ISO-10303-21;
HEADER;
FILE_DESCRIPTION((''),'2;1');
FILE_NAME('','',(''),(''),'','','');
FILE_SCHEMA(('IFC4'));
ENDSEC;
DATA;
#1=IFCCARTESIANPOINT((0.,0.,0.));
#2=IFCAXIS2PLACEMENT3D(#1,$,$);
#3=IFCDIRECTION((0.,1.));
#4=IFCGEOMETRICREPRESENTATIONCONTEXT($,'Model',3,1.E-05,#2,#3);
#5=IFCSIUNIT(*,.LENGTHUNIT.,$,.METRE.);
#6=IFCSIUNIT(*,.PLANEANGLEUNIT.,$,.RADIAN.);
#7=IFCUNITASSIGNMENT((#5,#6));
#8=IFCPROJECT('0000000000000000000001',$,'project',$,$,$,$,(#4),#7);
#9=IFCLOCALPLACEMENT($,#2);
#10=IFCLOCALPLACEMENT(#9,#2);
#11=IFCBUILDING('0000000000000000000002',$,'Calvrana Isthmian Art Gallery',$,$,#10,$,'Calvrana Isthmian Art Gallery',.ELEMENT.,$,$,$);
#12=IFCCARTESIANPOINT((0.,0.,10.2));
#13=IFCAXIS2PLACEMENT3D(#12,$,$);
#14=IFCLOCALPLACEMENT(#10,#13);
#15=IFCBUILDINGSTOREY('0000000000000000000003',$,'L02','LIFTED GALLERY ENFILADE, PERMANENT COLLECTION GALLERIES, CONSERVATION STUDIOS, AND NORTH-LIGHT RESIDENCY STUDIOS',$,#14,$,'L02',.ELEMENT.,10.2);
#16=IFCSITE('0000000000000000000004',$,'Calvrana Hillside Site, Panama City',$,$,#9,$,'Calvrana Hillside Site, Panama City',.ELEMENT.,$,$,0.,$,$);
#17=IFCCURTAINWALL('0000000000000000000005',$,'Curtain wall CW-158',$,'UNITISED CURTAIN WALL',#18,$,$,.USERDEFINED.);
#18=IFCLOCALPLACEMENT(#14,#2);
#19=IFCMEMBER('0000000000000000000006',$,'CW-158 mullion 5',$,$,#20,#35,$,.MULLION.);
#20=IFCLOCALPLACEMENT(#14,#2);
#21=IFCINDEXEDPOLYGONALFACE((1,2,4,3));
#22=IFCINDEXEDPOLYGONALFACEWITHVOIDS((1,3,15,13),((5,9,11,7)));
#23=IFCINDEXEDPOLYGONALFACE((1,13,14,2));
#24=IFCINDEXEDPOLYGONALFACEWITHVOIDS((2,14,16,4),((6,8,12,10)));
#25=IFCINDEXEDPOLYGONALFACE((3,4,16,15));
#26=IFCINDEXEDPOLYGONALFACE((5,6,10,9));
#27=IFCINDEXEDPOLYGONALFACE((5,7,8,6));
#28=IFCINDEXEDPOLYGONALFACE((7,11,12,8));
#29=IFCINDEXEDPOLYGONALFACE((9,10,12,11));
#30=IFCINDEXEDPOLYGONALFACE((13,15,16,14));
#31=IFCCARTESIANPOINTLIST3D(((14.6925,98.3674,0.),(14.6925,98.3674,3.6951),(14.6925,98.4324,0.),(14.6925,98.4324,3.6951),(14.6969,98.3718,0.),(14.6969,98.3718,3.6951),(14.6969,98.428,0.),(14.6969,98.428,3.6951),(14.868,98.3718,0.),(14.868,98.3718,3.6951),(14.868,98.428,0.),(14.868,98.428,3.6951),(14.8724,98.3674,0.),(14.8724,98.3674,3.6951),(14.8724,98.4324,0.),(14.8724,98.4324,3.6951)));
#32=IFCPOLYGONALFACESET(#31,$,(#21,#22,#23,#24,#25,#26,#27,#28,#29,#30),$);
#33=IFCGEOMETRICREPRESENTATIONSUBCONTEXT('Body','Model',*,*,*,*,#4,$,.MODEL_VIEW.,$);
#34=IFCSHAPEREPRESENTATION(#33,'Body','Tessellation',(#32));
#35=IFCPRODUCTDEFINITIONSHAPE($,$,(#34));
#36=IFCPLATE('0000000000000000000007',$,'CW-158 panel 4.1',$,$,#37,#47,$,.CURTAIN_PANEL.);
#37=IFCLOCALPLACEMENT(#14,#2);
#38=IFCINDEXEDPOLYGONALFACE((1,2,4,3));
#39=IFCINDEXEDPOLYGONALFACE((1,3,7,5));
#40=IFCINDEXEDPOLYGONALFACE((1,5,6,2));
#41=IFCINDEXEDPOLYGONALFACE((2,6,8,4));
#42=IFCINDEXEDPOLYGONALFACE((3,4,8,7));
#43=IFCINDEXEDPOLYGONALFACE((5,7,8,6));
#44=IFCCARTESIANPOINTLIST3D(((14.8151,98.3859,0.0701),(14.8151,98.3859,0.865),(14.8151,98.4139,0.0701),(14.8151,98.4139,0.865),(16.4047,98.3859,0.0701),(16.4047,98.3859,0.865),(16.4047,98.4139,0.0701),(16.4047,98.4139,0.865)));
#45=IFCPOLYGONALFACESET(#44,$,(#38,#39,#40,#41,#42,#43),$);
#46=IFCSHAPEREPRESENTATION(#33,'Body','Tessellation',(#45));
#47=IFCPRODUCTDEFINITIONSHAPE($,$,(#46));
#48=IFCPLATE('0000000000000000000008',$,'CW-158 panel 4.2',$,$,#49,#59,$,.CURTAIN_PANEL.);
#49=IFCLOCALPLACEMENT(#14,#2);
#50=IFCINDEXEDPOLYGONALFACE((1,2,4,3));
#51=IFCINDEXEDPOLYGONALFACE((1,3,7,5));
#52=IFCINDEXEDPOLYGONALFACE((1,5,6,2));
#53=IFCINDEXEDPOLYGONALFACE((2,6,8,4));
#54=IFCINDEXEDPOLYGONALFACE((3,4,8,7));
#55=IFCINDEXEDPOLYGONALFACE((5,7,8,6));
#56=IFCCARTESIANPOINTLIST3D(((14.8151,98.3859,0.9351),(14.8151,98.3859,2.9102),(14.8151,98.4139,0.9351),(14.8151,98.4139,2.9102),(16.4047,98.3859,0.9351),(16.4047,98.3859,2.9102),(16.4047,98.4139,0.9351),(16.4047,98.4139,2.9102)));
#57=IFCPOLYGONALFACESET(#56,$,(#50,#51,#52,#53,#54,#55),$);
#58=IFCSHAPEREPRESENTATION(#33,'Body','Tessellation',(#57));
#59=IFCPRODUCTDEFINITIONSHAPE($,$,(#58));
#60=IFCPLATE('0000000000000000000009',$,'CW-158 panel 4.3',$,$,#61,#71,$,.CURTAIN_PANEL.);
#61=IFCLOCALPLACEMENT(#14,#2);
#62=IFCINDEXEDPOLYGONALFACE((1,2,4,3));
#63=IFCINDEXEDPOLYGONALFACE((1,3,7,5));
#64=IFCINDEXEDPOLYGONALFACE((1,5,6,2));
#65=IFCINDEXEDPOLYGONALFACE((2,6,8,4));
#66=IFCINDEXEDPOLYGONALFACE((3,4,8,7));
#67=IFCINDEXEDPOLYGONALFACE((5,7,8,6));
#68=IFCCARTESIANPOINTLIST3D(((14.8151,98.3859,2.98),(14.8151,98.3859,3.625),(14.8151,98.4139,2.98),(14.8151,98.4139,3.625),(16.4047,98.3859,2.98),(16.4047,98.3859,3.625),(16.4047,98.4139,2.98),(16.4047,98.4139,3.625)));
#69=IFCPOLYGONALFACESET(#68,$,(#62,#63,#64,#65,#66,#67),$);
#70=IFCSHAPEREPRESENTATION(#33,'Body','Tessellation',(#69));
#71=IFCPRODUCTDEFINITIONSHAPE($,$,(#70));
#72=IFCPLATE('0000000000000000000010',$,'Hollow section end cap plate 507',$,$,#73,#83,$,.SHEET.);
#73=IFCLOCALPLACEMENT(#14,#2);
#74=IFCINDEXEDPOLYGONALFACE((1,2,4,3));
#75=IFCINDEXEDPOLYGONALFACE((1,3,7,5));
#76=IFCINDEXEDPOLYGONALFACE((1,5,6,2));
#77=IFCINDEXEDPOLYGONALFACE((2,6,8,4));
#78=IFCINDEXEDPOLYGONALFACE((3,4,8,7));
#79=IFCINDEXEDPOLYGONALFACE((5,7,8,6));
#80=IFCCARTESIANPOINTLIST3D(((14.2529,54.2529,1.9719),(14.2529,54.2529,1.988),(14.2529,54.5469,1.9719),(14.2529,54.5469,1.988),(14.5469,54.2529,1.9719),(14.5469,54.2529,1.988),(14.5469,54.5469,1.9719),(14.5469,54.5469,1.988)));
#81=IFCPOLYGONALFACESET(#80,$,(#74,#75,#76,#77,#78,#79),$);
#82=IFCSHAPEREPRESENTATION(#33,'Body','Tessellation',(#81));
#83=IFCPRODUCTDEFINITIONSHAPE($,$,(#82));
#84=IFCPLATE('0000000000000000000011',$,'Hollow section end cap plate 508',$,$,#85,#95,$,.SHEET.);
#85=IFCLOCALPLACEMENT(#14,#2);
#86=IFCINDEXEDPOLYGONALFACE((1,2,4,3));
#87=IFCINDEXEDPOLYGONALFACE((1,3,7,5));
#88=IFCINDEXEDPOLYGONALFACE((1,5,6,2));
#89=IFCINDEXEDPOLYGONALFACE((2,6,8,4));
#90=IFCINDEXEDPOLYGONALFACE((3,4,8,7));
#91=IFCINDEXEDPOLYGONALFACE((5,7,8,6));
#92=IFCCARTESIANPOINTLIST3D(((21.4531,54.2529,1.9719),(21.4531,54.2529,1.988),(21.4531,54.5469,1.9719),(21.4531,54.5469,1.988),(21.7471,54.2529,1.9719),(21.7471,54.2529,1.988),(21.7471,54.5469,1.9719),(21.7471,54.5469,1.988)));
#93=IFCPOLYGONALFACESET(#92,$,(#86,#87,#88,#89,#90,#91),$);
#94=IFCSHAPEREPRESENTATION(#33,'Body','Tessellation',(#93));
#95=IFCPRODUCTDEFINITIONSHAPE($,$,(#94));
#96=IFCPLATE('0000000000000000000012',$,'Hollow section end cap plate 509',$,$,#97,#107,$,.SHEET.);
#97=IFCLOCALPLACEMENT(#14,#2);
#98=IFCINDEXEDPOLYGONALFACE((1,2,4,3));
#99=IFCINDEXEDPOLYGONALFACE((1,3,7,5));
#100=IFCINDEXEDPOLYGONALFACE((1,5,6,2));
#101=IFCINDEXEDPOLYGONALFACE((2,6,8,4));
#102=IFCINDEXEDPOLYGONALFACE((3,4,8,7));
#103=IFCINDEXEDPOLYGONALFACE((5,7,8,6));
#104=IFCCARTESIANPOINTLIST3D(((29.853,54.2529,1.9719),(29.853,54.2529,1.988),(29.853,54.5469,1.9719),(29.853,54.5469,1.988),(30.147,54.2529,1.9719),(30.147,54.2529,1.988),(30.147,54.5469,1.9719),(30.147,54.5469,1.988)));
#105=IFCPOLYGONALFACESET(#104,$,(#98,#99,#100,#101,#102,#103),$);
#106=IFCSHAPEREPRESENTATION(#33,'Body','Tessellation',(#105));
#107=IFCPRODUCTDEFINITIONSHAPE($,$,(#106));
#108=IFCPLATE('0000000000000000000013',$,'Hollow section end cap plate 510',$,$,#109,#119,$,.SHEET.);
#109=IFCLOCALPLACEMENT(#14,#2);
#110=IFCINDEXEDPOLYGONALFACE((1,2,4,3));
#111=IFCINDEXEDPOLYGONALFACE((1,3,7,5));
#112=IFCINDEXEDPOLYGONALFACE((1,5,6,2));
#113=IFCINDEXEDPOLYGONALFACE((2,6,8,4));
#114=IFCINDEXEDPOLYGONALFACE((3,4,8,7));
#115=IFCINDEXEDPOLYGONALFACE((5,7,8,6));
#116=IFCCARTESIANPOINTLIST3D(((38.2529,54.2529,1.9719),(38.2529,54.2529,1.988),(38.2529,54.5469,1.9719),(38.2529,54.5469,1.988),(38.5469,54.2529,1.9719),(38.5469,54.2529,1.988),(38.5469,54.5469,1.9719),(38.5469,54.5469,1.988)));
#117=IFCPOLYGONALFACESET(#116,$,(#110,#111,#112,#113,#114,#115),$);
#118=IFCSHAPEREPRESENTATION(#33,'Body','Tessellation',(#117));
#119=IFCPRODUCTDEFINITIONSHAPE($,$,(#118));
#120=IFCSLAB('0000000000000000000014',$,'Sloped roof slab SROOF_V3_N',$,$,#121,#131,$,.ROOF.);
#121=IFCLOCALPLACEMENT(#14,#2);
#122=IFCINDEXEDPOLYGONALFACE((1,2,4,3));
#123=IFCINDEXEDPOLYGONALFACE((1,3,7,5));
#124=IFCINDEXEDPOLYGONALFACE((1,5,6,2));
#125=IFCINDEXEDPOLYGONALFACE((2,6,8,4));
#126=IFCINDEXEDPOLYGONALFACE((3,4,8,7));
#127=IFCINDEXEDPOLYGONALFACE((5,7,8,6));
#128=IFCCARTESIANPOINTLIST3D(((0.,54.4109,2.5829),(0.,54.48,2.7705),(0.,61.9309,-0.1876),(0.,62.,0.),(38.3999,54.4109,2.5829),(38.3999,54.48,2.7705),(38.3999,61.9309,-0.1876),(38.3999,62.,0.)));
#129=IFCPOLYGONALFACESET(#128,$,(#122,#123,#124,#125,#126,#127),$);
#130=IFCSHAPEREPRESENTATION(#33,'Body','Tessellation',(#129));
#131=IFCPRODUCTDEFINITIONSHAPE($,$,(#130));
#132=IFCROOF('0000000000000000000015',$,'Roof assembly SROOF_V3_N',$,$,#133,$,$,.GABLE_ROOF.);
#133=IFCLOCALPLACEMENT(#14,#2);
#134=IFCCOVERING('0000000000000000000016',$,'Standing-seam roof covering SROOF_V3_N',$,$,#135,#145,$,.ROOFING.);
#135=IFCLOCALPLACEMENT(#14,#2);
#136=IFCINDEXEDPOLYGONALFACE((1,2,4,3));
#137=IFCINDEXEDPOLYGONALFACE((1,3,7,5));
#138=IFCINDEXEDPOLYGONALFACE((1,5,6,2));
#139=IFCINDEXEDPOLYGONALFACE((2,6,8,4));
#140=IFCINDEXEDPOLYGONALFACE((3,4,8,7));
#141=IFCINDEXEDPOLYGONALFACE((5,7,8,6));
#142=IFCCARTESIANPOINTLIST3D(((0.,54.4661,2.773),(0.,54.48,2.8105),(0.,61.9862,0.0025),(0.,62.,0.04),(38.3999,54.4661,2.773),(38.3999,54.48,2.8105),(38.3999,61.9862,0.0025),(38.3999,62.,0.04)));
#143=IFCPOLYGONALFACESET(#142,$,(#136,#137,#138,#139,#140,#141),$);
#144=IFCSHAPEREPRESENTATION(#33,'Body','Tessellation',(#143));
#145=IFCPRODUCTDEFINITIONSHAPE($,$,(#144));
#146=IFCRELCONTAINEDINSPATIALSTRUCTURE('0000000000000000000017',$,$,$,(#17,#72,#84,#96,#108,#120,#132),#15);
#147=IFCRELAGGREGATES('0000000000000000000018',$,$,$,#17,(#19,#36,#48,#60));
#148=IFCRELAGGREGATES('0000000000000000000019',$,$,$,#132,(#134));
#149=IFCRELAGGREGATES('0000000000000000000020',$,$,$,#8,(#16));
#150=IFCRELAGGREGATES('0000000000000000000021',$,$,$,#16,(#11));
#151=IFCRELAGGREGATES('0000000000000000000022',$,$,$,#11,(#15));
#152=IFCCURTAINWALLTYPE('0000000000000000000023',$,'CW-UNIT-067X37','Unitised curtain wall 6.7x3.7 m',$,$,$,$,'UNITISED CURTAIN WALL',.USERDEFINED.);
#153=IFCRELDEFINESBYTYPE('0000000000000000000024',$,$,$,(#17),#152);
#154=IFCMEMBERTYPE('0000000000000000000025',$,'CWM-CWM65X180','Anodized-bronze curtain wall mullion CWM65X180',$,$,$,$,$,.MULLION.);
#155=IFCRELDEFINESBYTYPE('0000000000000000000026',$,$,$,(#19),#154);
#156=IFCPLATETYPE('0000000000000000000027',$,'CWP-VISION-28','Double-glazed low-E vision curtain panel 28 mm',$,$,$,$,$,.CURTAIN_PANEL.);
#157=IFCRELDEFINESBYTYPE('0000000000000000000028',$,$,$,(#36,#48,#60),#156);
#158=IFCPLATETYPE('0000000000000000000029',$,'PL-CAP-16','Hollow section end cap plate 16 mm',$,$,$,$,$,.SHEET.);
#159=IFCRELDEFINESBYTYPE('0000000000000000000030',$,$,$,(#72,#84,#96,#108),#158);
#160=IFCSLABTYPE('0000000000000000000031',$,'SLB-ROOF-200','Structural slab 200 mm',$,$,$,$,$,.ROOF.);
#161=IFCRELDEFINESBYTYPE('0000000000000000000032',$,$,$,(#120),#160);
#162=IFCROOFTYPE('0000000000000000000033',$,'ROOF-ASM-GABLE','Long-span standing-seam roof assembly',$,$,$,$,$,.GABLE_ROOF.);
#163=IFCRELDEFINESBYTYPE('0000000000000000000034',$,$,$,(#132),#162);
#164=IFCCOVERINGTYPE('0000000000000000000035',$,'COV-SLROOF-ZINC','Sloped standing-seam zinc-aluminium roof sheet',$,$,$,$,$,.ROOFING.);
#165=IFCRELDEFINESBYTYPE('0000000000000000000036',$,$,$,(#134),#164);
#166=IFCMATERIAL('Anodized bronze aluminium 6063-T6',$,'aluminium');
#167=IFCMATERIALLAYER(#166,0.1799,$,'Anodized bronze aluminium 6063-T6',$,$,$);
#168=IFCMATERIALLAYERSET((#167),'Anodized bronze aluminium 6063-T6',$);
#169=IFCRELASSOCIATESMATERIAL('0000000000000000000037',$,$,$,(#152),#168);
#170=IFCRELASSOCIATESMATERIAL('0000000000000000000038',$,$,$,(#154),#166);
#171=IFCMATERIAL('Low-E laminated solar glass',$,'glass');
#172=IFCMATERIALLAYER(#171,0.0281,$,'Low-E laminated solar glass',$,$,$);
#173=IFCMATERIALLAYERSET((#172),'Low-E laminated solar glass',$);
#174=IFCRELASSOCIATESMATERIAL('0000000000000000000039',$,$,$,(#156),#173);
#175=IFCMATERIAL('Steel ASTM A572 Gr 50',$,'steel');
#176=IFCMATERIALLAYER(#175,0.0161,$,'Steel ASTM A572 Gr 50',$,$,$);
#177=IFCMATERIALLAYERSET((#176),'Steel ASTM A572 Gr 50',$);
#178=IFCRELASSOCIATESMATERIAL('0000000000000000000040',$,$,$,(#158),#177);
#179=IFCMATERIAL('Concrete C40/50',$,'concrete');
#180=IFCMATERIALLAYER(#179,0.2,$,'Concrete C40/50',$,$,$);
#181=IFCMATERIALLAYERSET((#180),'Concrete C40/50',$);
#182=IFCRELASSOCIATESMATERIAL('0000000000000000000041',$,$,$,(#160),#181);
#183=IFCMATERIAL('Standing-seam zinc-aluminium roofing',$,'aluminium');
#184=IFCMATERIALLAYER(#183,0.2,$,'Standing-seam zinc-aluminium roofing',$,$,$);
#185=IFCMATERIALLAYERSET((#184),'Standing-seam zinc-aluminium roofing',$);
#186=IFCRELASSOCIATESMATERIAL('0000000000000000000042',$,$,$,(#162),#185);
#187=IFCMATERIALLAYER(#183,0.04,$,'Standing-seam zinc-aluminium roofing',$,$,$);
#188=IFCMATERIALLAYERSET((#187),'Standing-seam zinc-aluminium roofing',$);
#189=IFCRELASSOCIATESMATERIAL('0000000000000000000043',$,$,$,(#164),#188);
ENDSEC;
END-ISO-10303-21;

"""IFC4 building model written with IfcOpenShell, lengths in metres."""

from ifc_helpers import new_model, si_unit, direction, frame, origin, origin_2d, place, context, subcontext, project, spatial, polyline, rectangle, hollow_rectangle, outline, extrude, material, layer, layer_set, material_profile, profile_set, type_object, element, aggregate, save


model = new_model("IFC4")

# Units and contexts
model_context = context("Model", 3, precision=1e-05, world=origin(), true_north=direction((0.0, 1.0)))
body_context = subcontext(model_context, "Body", "Model", "MODEL_VIEW")
ifc_project = project(units=[si_unit("LENGTHUNIT", "METRE"), si_unit("PLANEANGLEUNIT", "RADIAN")], contexts=[model_context])

# Site, building, storey
site_placement = place(None, origin())
site = spatial("IfcSite", under=ifc_project, at=site_placement, Name="Calvrana Hillside Site, Panama City", LongName="Calvrana Hillside Site, Panama City", CompositionType="ELEMENT", RefElevation=0.0)
building_placement = place(site_placement, origin())
building = spatial("IfcBuilding", under=site, at=building_placement, Name="Calvrana Isthmian Art Gallery", LongName="Calvrana Isthmian Art Gallery", CompositionType="ELEMENT")
storey_placement = place(building_placement, frame((0.0, 0.0, 10.2)))
storey = spatial("IfcBuildingStorey", under=building, at=storey_placement, Name="L02", Description="LIFTED GALLERY ENFILADE, PERMANENT COLLECTION GALLERIES, CONSERVATION STUDIOS, AND NORTH-LIGHT RESIDENCY STUDIOS", LongName="L02", CompositionType="ELEMENT", Elevation=10.2)

# Shared definitions
ifc_material_1 = material(Name="Concrete C40/50", Category="concrete")

# Curtain wall, member, plates
ifc_material_2 = material(Name="Anodized bronze aluminium 6063-T6", Category="aluminium")
ifc_layer_1 = layer(ifc_material_2, 0.1799, Name="Anodized bronze aluminium 6063-T6")
ifc_layer_set_1 = layer_set([ifc_layer_1], Name="Anodized bronze aluminium 6063-T6")
curtain_wall_type = type_object("IfcCurtainWallType", Name="CW-UNIT-067X37", Description="Unitised curtain wall 6.7x3.7 m", ElementType="UNITISED CURTAIN WALL", PredefinedType="USERDEFINED", material=ifc_layer_set_1)
curtain_wall_placement = place(storey_placement, origin())
curtain_wall = element("IfcCurtainWall", 1, at=curtain_wall_placement, inside=storey, type_object=curtain_wall_type, Name="Curtain wall CW-158", ObjectType="UNITISED CURTAIN WALL", PredefinedType="USERDEFINED")
ifc_material_profile_1 = material_profile(ifc_material_2, hollow_rectangle(XDim=0.0649, YDim=0.1799, WallThickness=0.0044, at=origin_2d()), Name="CWM65X180")
ifc_profile_set_1 = profile_set([ifc_material_profile_1], Name="Anodized bronze aluminium 6063-T6")
member_type = type_object("IfcMemberType", Name="CWM-CWM65X180", Description="Anodized-bronze curtain wall mullion CWM65X180", PredefinedType="MULLION", material=ifc_profile_set_1)
member_placement = place(storey_placement, frame((14.7825, 98.3999, 0.0), z_axis=(0.0, 0.0, 1.0), x_axis=(0.0, -1.0, 0.0)))
member = element("IfcMember", 2, at=member_placement, type_object=member_type, Name="CW-158 mullion 5", PredefinedType="MULLION", context=body_context, shape_type="SweptSolid", body=[
    extrude(hollow_rectangle(XDim=0.0649, YDim=0.1799, WallThickness=0.0044, at=origin_2d()), origin(), (0.0, 0.0, 1.0), 3.6951),
])
ifc_material_3 = material(Name="Low-E laminated solar glass", Category="glass")
ifc_layer_2 = layer(ifc_material_3, 0.0281, Name="Low-E laminated solar glass")
ifc_layer_set_2 = layer_set([ifc_layer_2], Name="Low-E laminated solar glass")
plate_type_1 = type_object("IfcPlateType", Name="CWP-VISION-28", Description="Double-glazed low-E vision curtain panel 28 mm", PredefinedType="CURTAIN_PANEL", material=ifc_layer_set_2)
plate_1_placement = place(storey_placement, frame((15.6099, 98.3999, 0.0701), z_axis=(0.0, 0.0, 1.0), x_axis=(-1.0, 0.0, 0.0)))
plate_1 = element("IfcPlate", 3, at=plate_1_placement, type_object=plate_type_1, Name="CW-158 panel 4.1", PredefinedType="CURTAIN_PANEL", context=body_context, shape_type="SweptSolid", body=[
    extrude(rectangle(XDim=1.5896, YDim=0.0281, at=origin_2d()), origin(), (0.0, 0.0, 1.0), 0.7949),
])
plate_2_placement = place(storey_placement, frame((15.6099, 98.3999, 0.9351), z_axis=(0.0, 0.0, 1.0), x_axis=(-1.0, 0.0, 0.0)))
plate_2 = element("IfcPlate", 4, at=plate_2_placement, type_object=plate_type_1, Name="CW-158 panel 4.2", PredefinedType="CURTAIN_PANEL", context=body_context, shape_type="SweptSolid", body=[
    extrude(rectangle(XDim=1.5896, YDim=0.0281, at=origin_2d()), origin(), (0.0, 0.0, 1.0), 1.9751),
])
plate_3_placement = place(storey_placement, frame((15.6099, 98.3999, 2.98), z_axis=(0.0, 0.0, 1.0), x_axis=(-1.0, 0.0, 0.0)))
plate_3 = element("IfcPlate", 5, at=plate_3_placement, type_object=plate_type_1, Name="CW-158 panel 4.3", PredefinedType="CURTAIN_PANEL", context=body_context, shape_type="SweptSolid", body=[
    extrude(rectangle(XDim=1.5896, YDim=0.0281, at=origin_2d()), origin(), (0.0, 0.0, 1.0), 0.645),
])
aggregate(curtain_wall, [member, plate_1, plate_2, plate_3])

# Plates
ifc_material_4 = material(Name="Steel ASTM A572 Gr 50", Category="steel")
ifc_layer_3 = layer(ifc_material_4, 0.0161, Name="Steel ASTM A572 Gr 50")
ifc_layer_set_3 = layer_set([ifc_layer_3], Name="Steel ASTM A572 Gr 50")
plate_type_2 = type_object("IfcPlateType", Name="PL-CAP-16", Description="Hollow section end cap plate 16 mm", PredefinedType="SHEET", material=ifc_layer_set_3)
for number, where, z_axis, x_axis, name in (
    (6, (14.3999, 54.3999, 1.9719), (0.0, 0.0, 1.0), (1.0, 0.0, 0.0), "Hollow section end cap plate 507"),
    (7, (21.6001, 54.3999, 1.9719), (0.0, 0.0, 1.0), (1.0, 0.0, 0.0), "Hollow section end cap plate 508"),
    (8, (30.0, 54.3999, 1.9719), (0.0, 0.0, 1.0), (1.0, 0.0, 0.0), "Hollow section end cap plate 509"),
    (9, (38.3999, 54.3999, 1.9719), (0.0, 0.0, 1.0), (1.0, 0.0, 0.0), "Hollow section end cap plate 510"),
):
    element("IfcPlate", number, at=place(storey_placement, frame(where, z_axis=z_axis, x_axis=x_axis)), inside=storey, type_object=plate_type_2, Name=name, PredefinedType="SHEET", context=body_context, shape_type="SweptSolid", body=[
        extrude(rectangle(XDim=0.2939, YDim=0.2939, at=origin_2d()), origin(), (0.0, 0.0, 1.0), 0.0161),
    ])

# Slab
ifc_layer_4 = layer(ifc_material_1, 0.2, Name="Concrete C40/50")
ifc_layer_set_4 = layer_set([ifc_layer_4], Name="Concrete C40/50")
slab_type = type_object("IfcSlabType", Name="SLB-ROOF-200", Description="Structural slab 200 mm", PredefinedType="ROOF", material=ifc_layer_set_4)
slab_placement = place(storey_placement, frame((0.0, 54.48, 2.7705), z_axis=(0.0, 0.345703, 0.938344), x_axis=(1.0, 0.0, 0.0)))
element("IfcSlab", 10, at=slab_placement, inside=storey, type_object=slab_type, Name="Sloped roof slab SROOF_V3_N", PredefinedType="ROOF", context=body_context, shape_type="SweptSolid", body=[
    extrude(outline(polyline([(0.0, 0.0), (38.3999, 0.0), (38.3999, 8.0141), (0.0, 8.0141), (0.0, 0.0)])), origin(), (0.0, 0.0, -1.0), 0.2),
])

# Roof, covering
ifc_material_5 = material(Name="Standing-seam zinc-aluminium roofing", Category="aluminium")
ifc_layer_5 = layer(ifc_material_5, 0.2, Name="Standing-seam zinc-aluminium roofing")
ifc_layer_set_5 = layer_set([ifc_layer_5], Name="Standing-seam zinc-aluminium roofing")
roof_type = type_object("IfcRoofType", Name="ROOF-ASM-GABLE", Description="Long-span standing-seam roof assembly", PredefinedType="GABLE_ROOF", material=ifc_layer_set_5)
roof_placement = place(storey_placement, origin())
roof = element("IfcRoof", 11, at=roof_placement, inside=storey, type_object=roof_type, Name="Roof assembly SROOF_V3_N", PredefinedType="GABLE_ROOF")
ifc_layer_6 = layer(ifc_material_5, 0.04, Name="Standing-seam zinc-aluminium roofing")
ifc_layer_set_6 = layer_set([ifc_layer_6], Name="Standing-seam zinc-aluminium roofing")
covering_type = type_object("IfcCoveringType", Name="COV-SLROOF-ZINC", Description="Sloped standing-seam zinc-aluminium roof sheet", PredefinedType="ROOFING", material=ifc_layer_set_6)
covering_placement = place(storey_placement, frame((0.0, 54.48, 2.8105), z_axis=(0.0, 0.345703, 0.938344), x_axis=(1.0, 0.0, 0.0)))
covering = element("IfcCovering", 12, at=covering_placement, type_object=covering_type, Name="Standing-seam roof covering SROOF_V3_N", PredefinedType="ROOFING", context=body_context, shape_type="SweptSolid", body=[
    extrude(outline(polyline([(0.0, 0.0), (38.3999, 0.0), (38.3999, 8.0141), (0.0, 8.0141), (0.0, 0.0)])), origin(), (0.0, 0.0, -1.0), 0.04),
])
aggregate(roof, [covering])

save(model, "model.ifc")
